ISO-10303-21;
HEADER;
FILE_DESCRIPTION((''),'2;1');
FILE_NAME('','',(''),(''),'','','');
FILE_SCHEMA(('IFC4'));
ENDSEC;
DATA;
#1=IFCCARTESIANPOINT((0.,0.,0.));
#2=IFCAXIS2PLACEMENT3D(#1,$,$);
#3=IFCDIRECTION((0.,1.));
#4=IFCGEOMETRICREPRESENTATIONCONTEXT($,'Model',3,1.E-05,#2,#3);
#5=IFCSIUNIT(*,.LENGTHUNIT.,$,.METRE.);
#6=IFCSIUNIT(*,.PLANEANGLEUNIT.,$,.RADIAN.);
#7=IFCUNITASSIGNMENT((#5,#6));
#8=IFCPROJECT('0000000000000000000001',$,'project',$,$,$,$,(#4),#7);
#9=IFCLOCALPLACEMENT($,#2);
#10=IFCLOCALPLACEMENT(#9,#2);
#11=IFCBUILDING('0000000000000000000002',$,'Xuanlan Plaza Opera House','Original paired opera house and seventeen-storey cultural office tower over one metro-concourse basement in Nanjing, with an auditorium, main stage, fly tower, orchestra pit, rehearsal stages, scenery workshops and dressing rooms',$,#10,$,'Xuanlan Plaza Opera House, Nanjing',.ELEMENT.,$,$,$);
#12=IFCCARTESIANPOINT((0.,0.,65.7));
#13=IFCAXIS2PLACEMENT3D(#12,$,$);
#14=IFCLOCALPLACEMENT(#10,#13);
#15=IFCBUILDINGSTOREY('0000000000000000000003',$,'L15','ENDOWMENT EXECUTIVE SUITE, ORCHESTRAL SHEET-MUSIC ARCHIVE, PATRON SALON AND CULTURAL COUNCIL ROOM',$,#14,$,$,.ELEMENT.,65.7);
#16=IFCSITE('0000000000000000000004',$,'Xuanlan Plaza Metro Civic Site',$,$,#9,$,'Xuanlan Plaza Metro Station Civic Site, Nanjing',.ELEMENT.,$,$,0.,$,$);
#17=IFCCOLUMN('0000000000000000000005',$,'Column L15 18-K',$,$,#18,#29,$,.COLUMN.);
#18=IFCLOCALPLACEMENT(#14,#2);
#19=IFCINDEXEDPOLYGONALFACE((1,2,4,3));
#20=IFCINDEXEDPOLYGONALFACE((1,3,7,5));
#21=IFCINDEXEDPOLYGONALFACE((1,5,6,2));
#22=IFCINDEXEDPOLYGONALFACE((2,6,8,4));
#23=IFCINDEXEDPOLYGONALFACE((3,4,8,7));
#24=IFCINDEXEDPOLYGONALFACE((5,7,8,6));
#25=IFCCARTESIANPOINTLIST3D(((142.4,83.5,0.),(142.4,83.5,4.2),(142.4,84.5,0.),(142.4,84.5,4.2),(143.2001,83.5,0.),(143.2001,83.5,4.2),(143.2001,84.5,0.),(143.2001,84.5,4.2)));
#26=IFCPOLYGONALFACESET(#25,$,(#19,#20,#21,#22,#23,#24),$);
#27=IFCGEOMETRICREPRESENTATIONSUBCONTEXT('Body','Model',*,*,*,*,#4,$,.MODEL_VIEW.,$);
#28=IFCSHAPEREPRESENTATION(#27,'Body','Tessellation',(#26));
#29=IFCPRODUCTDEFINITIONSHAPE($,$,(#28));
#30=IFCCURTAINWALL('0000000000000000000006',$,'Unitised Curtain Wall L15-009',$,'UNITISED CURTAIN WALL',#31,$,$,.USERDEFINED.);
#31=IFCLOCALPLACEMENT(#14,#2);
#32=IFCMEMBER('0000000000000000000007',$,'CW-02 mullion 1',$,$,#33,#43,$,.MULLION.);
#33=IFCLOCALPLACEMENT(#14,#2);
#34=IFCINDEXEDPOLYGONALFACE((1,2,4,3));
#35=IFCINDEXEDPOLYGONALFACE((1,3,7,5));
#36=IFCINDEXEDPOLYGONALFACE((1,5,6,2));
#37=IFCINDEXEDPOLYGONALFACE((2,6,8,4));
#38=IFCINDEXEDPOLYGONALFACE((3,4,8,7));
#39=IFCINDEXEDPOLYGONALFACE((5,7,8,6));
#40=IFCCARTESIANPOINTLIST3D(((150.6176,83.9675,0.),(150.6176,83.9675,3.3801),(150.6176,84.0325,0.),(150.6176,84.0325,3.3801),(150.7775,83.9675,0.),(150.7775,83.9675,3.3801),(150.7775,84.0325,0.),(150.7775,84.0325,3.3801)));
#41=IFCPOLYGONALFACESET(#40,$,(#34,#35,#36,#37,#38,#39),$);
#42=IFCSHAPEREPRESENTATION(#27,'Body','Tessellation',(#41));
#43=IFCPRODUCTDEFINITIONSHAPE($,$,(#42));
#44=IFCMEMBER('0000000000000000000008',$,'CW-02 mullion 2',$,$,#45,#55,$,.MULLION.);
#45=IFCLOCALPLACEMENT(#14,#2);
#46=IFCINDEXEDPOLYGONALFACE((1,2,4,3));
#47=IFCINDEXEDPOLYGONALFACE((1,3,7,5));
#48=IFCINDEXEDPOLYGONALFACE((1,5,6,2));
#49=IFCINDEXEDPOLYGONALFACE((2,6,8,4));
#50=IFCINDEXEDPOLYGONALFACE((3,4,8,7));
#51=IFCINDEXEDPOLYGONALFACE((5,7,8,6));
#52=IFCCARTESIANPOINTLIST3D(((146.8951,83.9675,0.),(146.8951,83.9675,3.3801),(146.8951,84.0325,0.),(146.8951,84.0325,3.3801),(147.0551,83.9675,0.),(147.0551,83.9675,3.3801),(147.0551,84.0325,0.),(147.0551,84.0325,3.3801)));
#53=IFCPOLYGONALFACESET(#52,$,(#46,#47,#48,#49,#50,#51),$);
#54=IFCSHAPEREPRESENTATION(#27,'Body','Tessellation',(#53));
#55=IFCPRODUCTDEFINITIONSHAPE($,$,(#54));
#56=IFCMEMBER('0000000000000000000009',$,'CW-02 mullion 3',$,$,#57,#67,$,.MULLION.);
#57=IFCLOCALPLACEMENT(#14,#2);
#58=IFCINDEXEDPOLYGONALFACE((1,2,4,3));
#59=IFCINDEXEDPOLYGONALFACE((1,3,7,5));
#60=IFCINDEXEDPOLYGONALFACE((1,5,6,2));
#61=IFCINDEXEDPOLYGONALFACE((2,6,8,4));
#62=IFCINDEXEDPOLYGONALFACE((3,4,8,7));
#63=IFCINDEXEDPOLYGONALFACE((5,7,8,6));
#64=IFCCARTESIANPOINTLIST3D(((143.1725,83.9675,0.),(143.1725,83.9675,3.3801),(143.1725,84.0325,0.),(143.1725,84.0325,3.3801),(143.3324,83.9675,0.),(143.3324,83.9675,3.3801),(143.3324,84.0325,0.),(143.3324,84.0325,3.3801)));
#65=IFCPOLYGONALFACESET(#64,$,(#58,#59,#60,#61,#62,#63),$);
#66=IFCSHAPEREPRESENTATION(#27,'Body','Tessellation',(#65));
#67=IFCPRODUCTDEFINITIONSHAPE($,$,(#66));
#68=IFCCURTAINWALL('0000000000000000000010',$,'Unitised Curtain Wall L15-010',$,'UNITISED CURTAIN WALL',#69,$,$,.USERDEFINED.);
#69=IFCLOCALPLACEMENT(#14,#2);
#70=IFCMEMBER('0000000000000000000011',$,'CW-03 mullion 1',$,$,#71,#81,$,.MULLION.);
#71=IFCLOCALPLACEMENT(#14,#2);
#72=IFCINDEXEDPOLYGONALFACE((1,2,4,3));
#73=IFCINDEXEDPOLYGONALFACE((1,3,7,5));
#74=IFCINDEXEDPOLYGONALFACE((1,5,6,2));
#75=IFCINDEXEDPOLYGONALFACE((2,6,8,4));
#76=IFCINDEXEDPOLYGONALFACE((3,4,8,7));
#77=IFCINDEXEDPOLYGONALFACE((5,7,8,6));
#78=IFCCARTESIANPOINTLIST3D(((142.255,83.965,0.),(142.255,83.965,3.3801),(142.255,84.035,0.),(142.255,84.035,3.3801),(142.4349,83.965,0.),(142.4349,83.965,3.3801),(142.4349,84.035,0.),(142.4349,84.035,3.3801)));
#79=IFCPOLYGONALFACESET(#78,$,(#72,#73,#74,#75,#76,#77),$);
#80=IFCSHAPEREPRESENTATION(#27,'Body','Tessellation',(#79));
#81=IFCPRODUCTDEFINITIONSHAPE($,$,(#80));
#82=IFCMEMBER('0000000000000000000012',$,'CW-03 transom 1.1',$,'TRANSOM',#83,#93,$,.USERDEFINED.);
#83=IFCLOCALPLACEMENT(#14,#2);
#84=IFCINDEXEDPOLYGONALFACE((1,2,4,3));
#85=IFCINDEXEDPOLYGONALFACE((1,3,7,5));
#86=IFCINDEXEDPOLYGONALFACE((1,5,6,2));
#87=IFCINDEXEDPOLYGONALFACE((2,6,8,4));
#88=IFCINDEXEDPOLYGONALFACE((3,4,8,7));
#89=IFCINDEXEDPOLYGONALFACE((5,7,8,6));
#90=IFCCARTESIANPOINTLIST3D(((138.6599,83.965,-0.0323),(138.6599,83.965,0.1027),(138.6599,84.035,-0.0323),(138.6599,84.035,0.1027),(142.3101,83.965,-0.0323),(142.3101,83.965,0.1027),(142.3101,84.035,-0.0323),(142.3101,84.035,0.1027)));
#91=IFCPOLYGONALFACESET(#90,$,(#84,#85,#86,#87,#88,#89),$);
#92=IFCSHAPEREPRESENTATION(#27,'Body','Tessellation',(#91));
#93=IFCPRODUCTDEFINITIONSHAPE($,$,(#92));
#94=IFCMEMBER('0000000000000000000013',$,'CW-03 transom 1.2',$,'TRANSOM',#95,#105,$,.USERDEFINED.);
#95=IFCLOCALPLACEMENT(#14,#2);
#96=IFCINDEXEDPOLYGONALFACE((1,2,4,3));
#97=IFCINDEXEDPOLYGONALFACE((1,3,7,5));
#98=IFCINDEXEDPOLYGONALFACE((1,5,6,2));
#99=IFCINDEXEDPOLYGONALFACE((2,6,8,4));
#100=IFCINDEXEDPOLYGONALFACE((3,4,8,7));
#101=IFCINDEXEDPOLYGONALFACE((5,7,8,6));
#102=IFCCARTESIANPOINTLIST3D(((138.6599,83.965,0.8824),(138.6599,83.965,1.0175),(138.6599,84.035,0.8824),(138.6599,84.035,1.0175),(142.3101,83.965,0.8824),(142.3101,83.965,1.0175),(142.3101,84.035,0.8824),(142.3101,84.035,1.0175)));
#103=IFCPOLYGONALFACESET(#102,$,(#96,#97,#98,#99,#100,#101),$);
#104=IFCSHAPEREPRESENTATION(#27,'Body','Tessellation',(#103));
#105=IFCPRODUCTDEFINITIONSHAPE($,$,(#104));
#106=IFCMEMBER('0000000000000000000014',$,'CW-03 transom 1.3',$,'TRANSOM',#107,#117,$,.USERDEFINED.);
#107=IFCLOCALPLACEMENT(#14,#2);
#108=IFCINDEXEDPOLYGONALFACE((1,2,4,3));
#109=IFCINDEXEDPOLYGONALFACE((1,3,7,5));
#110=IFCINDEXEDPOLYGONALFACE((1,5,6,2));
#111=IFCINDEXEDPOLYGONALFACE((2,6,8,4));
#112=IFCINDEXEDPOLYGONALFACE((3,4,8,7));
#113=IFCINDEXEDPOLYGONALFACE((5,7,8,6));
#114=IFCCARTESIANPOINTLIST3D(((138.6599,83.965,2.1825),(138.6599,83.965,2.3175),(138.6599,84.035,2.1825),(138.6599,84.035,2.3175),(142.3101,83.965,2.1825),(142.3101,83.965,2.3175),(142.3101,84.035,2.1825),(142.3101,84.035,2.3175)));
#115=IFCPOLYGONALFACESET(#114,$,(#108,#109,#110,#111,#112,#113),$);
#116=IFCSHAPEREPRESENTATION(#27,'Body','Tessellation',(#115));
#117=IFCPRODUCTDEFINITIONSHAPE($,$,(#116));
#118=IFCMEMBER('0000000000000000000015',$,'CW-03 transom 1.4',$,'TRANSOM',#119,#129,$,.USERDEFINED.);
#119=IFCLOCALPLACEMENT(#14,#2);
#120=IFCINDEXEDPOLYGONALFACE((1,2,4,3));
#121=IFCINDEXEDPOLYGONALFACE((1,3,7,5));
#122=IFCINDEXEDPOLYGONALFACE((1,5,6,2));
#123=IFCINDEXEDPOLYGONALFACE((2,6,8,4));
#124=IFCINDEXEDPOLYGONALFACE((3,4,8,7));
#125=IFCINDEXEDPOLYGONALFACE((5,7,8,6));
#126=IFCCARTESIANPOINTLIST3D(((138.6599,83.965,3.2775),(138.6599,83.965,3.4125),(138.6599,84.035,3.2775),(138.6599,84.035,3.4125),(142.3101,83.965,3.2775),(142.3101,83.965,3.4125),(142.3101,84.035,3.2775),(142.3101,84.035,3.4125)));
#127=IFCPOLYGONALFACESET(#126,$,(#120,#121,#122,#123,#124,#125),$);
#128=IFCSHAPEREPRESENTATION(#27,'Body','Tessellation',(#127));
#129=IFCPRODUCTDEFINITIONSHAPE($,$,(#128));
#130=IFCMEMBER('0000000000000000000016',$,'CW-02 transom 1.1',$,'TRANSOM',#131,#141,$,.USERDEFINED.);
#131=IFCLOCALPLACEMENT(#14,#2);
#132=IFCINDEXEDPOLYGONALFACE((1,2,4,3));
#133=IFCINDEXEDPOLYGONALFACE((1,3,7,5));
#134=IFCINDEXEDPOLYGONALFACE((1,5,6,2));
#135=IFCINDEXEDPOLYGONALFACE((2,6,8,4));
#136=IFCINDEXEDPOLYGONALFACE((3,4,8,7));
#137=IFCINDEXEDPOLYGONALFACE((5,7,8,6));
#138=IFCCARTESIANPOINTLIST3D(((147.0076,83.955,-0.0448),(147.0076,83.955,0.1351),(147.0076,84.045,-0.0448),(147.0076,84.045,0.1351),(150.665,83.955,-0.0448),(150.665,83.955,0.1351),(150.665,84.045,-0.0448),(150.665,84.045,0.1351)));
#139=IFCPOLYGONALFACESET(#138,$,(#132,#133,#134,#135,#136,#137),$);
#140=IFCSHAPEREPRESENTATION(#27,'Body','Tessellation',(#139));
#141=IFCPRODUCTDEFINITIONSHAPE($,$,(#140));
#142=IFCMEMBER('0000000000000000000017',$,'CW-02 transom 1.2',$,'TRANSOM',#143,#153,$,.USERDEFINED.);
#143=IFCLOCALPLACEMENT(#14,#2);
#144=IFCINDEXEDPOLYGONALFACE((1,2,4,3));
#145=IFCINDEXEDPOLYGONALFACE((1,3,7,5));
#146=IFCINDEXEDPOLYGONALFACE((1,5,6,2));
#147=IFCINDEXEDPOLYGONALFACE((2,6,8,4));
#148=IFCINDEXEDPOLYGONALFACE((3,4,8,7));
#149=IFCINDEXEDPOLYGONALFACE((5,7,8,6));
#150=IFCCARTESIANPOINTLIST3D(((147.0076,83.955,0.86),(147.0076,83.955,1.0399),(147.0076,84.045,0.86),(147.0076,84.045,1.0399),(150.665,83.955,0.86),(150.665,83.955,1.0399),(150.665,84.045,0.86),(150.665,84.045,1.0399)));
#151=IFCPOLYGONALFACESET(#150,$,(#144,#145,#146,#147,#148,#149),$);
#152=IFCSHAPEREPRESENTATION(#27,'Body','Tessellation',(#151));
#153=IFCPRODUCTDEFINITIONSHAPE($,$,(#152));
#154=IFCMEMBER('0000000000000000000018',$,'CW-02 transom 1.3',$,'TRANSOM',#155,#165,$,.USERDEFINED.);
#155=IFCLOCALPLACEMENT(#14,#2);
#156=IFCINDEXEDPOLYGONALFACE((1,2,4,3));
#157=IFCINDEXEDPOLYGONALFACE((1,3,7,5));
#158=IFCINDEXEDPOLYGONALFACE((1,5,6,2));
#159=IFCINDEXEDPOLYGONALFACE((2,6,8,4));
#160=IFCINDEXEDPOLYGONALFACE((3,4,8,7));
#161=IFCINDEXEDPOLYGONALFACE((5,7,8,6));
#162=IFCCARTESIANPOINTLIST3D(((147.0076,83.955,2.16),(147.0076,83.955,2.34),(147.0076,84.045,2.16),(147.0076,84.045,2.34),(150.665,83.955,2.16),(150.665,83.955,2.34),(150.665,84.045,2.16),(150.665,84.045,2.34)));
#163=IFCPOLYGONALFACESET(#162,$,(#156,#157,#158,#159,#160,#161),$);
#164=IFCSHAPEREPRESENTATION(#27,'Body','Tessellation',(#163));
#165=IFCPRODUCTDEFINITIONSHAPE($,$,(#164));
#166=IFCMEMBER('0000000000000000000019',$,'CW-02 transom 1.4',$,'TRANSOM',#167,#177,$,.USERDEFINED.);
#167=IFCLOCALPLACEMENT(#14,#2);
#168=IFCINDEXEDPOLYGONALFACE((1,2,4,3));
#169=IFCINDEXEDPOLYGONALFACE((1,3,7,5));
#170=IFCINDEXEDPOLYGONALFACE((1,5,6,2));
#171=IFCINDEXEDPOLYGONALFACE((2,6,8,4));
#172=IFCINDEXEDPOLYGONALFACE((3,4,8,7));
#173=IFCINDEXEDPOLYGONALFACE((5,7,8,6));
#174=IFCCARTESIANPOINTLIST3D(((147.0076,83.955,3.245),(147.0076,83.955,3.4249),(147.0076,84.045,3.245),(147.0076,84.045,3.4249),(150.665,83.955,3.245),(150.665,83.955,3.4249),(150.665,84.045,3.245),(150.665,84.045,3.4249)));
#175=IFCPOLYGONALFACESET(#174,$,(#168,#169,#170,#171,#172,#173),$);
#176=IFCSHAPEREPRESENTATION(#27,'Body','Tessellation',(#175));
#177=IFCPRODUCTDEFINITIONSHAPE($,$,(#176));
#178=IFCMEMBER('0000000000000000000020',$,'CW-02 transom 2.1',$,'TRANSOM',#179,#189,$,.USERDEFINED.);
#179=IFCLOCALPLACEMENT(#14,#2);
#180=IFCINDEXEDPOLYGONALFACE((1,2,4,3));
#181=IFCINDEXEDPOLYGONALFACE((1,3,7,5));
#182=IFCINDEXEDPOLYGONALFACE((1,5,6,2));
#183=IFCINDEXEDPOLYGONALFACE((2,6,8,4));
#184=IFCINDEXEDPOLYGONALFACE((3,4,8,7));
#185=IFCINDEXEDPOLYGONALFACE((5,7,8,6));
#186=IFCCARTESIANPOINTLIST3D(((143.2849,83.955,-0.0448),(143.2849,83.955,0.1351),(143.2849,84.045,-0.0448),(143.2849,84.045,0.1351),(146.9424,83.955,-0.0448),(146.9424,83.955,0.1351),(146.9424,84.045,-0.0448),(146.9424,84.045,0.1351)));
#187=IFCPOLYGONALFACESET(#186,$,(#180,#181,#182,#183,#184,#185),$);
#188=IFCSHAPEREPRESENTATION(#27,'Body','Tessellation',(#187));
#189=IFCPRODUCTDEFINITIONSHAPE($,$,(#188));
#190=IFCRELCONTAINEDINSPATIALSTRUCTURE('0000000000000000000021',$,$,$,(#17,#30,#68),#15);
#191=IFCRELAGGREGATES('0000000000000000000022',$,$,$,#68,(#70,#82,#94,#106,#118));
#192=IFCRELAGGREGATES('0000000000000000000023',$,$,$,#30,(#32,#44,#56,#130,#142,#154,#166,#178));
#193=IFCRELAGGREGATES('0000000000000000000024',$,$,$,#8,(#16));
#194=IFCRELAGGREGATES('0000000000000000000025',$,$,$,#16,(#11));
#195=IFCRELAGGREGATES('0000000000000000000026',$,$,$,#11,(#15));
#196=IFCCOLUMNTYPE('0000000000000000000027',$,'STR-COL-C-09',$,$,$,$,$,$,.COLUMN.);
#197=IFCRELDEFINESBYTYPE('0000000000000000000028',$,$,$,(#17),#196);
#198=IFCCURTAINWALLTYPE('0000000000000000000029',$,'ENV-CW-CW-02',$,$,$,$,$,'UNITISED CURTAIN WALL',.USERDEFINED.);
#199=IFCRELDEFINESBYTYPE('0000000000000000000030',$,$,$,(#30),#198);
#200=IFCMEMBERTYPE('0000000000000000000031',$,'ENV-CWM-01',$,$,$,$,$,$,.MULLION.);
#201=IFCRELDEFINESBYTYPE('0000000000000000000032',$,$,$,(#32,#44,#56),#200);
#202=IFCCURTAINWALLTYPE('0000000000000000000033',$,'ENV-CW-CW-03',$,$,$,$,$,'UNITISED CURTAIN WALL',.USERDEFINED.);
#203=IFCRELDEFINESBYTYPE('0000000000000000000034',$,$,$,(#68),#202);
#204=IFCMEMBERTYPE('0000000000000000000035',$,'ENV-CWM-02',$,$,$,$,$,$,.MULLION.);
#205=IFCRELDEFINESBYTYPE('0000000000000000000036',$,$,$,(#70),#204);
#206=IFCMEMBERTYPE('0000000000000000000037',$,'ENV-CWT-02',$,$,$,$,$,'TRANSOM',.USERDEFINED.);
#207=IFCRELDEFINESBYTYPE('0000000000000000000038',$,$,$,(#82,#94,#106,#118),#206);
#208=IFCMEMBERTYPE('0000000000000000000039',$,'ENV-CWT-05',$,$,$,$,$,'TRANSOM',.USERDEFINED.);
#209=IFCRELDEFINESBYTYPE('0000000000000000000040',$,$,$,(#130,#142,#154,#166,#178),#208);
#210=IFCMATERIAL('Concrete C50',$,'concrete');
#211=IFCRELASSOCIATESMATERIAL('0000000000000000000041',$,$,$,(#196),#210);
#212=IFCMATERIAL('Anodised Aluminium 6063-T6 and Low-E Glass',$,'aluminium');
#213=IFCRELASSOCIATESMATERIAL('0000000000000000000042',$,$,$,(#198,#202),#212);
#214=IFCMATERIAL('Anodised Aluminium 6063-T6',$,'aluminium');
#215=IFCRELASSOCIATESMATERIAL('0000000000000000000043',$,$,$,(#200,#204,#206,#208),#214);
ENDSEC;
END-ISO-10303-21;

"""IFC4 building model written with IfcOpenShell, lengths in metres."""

from ifc_helpers import new_model, si_unit, direction, frame, origin, origin_2d, place, context, subcontext, project, spatial, rectangle, extrude, material, material_profile, profile_set, type_object, element, aggregate, save


model = new_model("IFC4")

# Units and contexts
model_context = context("Model", 3, precision=1e-05, world=origin(), true_north=direction((0.0, 1.0)))
body_context = subcontext(model_context, "Body", "Model", "MODEL_VIEW")
ifc_project = project(units=[si_unit("LENGTHUNIT", "METRE"), si_unit("PLANEANGLEUNIT", "RADIAN")], contexts=[model_context])

# Site, building, storey
site_placement = place(None, origin())
site = spatial("IfcSite", under=ifc_project, at=site_placement, Name="Xuanlan Plaza Metro Civic Site", LongName="Xuanlan Plaza Metro Station Civic Site, Nanjing", CompositionType="ELEMENT", RefElevation=0.0)
building_placement = place(site_placement, origin())
building = spatial("IfcBuilding", under=site, at=building_placement, Name="Xuanlan Plaza Opera House", Description="Original paired opera house and seventeen-storey cultural office tower over one metro-concourse basement in Nanjing, with an auditorium, main stage, fly tower, orchestra pit, rehearsal stages, scenery workshops and dressing rooms", LongName="Xuanlan Plaza Opera House, Nanjing", CompositionType="ELEMENT")
storey_placement = place(building_placement, frame((0.0, 0.0, 65.7)))
storey = spatial("IfcBuildingStorey", under=building, at=storey_placement, Name="L15", Description="ENDOWMENT EXECUTIVE SUITE, ORCHESTRAL SHEET-MUSIC ARCHIVE, PATRON SALON AND CULTURAL COUNCIL ROOM", CompositionType="ELEMENT", Elevation=65.7)

# Column
ifc_material_1 = material(Name="Concrete C50", Category="concrete")
ifc_material_profile_1 = material_profile(ifc_material_1, rectangle(XDim=0.8, YDim=1.0, at=origin_2d()), Name="RC-COL 800x1000")
ifc_profile_set_1 = profile_set([ifc_material_profile_1], Name="Concrete C50")
column_type = type_object("IfcColumnType", Name="STR-COL-C-09", PredefinedType="COLUMN", material=ifc_profile_set_1)
column_placement = place(storey_placement, frame((142.8, 84.0, 0.0), z_axis=(0.0, 0.0, 1.0), x_axis=(1.0, 0.0, 0.0)))
element("IfcColumn", 1, at=column_placement, inside=storey, type_object=column_type, Name="Column L15 18-K", PredefinedType="COLUMN", context=body_context, shape_type="SweptSolid", body=[
    extrude(rectangle(XDim=0.8, YDim=1.0, at=origin_2d()), origin(), (0.0, 0.0, 1.0), 4.2),
])

# Curtain walls, members
ifc_material_2 = material(Name="Anodised Aluminium 6063-T6 and Low-E Glass", Category="aluminium")
curtain_wall_type_1 = type_object("IfcCurtainWallType", Name="ENV-CW-CW-02", ElementType="UNITISED CURTAIN WALL", PredefinedType="USERDEFINED", material=ifc_material_2)
curtain_wall_1_placement = place(storey_placement, origin())
curtain_wall_1 = element("IfcCurtainWall", 2, at=curtain_wall_1_placement, inside=storey, type_object=curtain_wall_type_1, Name="Unitised Curtain Wall L15-009", ObjectType="UNITISED CURTAIN WALL", PredefinedType="USERDEFINED")
ifc_material_3 = material(Name="Anodised Aluminium 6063-T6", Category="aluminium")
ifc_material_profile_2 = material_profile(ifc_material_3, rectangle(XDim=0.0649, YDim=0.1599, at=origin_2d()), Name="ALU-M 65x160")
ifc_profile_set_2 = profile_set([ifc_material_profile_2], Name="Anodised Aluminium 6063-T6")
member_type_1 = type_object("IfcMemberType", Name="ENV-CWM-01", PredefinedType="MULLION", material=ifc_profile_set_2)
member_1_placement = place(storey_placement, frame((150.6975, 84.0, 0.0), z_axis=(0.0, 0.0, 1.0), x_axis=(0.0, -1.0, 0.0)))
member_1 = element("IfcMember", 3, at=member_1_placement, type_object=member_type_1, Name="CW-02 mullion 1", PredefinedType="MULLION", context=body_context, shape_type="SweptSolid", body=[
    extrude(rectangle(XDim=0.0649, YDim=0.1599, at=origin_2d()), origin(), (0.0, 0.0, 1.0), 3.3801),
])
member_2_placement = place(storey_placement, frame((146.9751, 84.0, 0.0), z_axis=(0.0, 0.0, 1.0), x_axis=(0.0, -1.0, 0.0)))
member_2 = element("IfcMember", 4, at=member_2_placement, type_object=member_type_1, Name="CW-02 mullion 2", PredefinedType="MULLION", context=body_context, shape_type="SweptSolid", body=[
    extrude(rectangle(XDim=0.0649, YDim=0.1599, at=origin_2d()), origin(), (0.0, 0.0, 1.0), 3.3801),
])
member_3_placement = place(storey_placement, frame((143.2524, 84.0, 0.0), z_axis=(0.0, 0.0, 1.0), x_axis=(0.0, -1.0, 0.0)))
member_3 = element("IfcMember", 5, at=member_3_placement, type_object=member_type_1, Name="CW-02 mullion 3", PredefinedType="MULLION", context=body_context, shape_type="SweptSolid", body=[
    extrude(rectangle(XDim=0.0649, YDim=0.1599, at=origin_2d()), origin(), (0.0, 0.0, 1.0), 3.3801),
])
curtain_wall_type_2 = type_object("IfcCurtainWallType", Name="ENV-CW-CW-03", ElementType="UNITISED CURTAIN WALL", PredefinedType="USERDEFINED", material=ifc_material_2)
curtain_wall_2_placement = place(storey_placement, origin())
curtain_wall_2 = element("IfcCurtainWall", 6, at=curtain_wall_2_placement, inside=storey, type_object=curtain_wall_type_2, Name="Unitised Curtain Wall L15-010", ObjectType="UNITISED CURTAIN WALL", PredefinedType="USERDEFINED")
ifc_material_profile_3 = material_profile(ifc_material_3, rectangle(XDim=0.0701, YDim=0.1799, at=origin_2d()), Name="ALU-M 70x180")
ifc_profile_set_3 = profile_set([ifc_material_profile_3], Name="Anodised Aluminium 6063-T6")
member_type_2 = type_object("IfcMemberType", Name="ENV-CWM-02", PredefinedType="MULLION", material=ifc_profile_set_3)
member_4_placement = place(storey_placement, frame((142.345, 84.0, 0.0), z_axis=(0.0, 0.0, 1.0), x_axis=(0.0, -1.0, 0.0)))
member_4 = element("IfcMember", 7, at=member_4_placement, type_object=member_type_2, Name="CW-03 mullion 1", PredefinedType="MULLION", context=body_context, shape_type="SweptSolid", body=[
    extrude(rectangle(XDim=0.0701, YDim=0.1799, at=origin_2d()), origin(), (0.0, 0.0, 1.0), 3.3801),
])
ifc_material_profile_4 = material_profile(ifc_material_3, rectangle(XDim=0.0701, YDim=0.135, at=origin_2d()), Name="ALU-T 70x135")
ifc_profile_set_4 = profile_set([ifc_material_profile_4], Name="Anodised Aluminium 6063-T6")
member_type_3 = type_object("IfcMemberType", Name="ENV-CWT-02", ElementType="TRANSOM", PredefinedType="USERDEFINED", material=ifc_profile_set_4)
member_5_placement = place(storey_placement, frame((142.3101, 84.0, 0.0352), z_axis=(-1.0, 0.0, 0.0), x_axis=(0.0, -1.0, 0.0)))
member_5 = element("IfcMember", 8, at=member_5_placement, type_object=member_type_3, Name="CW-03 transom 1.1", ObjectType="TRANSOM", PredefinedType="USERDEFINED", context=body_context, shape_type="SweptSolid", body=[
    extrude(rectangle(XDim=0.0701, YDim=0.135, at=origin_2d()), origin(), (0.0, 0.0, 1.0), 3.6501),
])
member_6_placement = place(storey_placement, frame((142.3101, 84.0, 0.95), z_axis=(-1.0, 0.0, 0.0), x_axis=(0.0, -1.0, 0.0)))
member_6 = element("IfcMember", 9, at=member_6_placement, type_object=member_type_3, Name="CW-03 transom 1.2", ObjectType="TRANSOM", PredefinedType="USERDEFINED", context=body_context, shape_type="SweptSolid", body=[
    extrude(rectangle(XDim=0.0701, YDim=0.135, at=origin_2d()), origin(), (0.0, 0.0, 1.0), 3.6501),
])
member_7_placement = place(storey_placement, frame((142.3101, 84.0, 2.25), z_axis=(-1.0, 0.0, 0.0), x_axis=(0.0, -1.0, 0.0)))
member_7 = element("IfcMember", 10, at=member_7_placement, type_object=member_type_3, Name="CW-03 transom 1.3", ObjectType="TRANSOM", PredefinedType="USERDEFINED", context=body_context, shape_type="SweptSolid", body=[
    extrude(rectangle(XDim=0.0701, YDim=0.135, at=origin_2d()), origin(), (0.0, 0.0, 1.0), 3.6501),
])
member_8_placement = place(storey_placement, frame((142.3101, 84.0, 3.345), z_axis=(-1.0, 0.0, 0.0), x_axis=(0.0, -1.0, 0.0)))
member_8 = element("IfcMember", 11, at=member_8_placement, type_object=member_type_3, Name="CW-03 transom 1.4", ObjectType="TRANSOM", PredefinedType="USERDEFINED", context=body_context, shape_type="SweptSolid", body=[
    extrude(rectangle(XDim=0.0701, YDim=0.135, at=origin_2d()), origin(), (0.0, 0.0, 1.0), 3.6501),
])

# Members
ifc_material_profile_5 = material_profile(ifc_material_3, rectangle(XDim=0.0901, YDim=0.1799, at=origin_2d()), Name="ALU-T 90x180")
ifc_profile_set_5 = profile_set([ifc_material_profile_5], Name="Anodised Aluminium 6063-T6")
member_type_4 = type_object("IfcMemberType", Name="ENV-CWT-05", ElementType="TRANSOM", PredefinedType="USERDEFINED", material=ifc_profile_set_5)
member_9_placement = place(storey_placement, frame((150.665, 84.0, 0.0452), z_axis=(-1.0, 0.0, 0.0), x_axis=(0.0, -1.0, 0.0)))
member_9 = element("IfcMember", 12, at=member_9_placement, type_object=member_type_4, Name="CW-02 transom 1.1", ObjectType="TRANSOM", PredefinedType="USERDEFINED", context=body_context, shape_type="SweptSolid", body=[
    extrude(rectangle(XDim=0.0901, YDim=0.1799, at=origin_2d()), origin(), (0.0, 0.0, 1.0), 3.6575),
])
member_10_placement = place(storey_placement, frame((150.665, 84.0, 0.95), z_axis=(-1.0, 0.0, 0.0), x_axis=(0.0, -1.0, 0.0)))
member_10 = element("IfcMember", 13, at=member_10_placement, type_object=member_type_4, Name="CW-02 transom 1.2", ObjectType="TRANSOM", PredefinedType="USERDEFINED", context=body_context, shape_type="SweptSolid", body=[
    extrude(rectangle(XDim=0.0901, YDim=0.1799, at=origin_2d()), origin(), (0.0, 0.0, 1.0), 3.6575),
])
member_11_placement = place(storey_placement, frame((150.665, 84.0, 2.25), z_axis=(-1.0, 0.0, 0.0), x_axis=(0.0, -1.0, 0.0)))
member_11 = element("IfcMember", 14, at=member_11_placement, type_object=member_type_4, Name="CW-02 transom 1.3", ObjectType="TRANSOM", PredefinedType="USERDEFINED", context=body_context, shape_type="SweptSolid", body=[
    extrude(rectangle(XDim=0.0901, YDim=0.1799, at=origin_2d()), origin(), (0.0, 0.0, 1.0), 3.6575),
])
member_12_placement = place(storey_placement, frame((150.665, 84.0, 3.335), z_axis=(-1.0, 0.0, 0.0), x_axis=(0.0, -1.0, 0.0)))
member_12 = element("IfcMember", 15, at=member_12_placement, type_object=member_type_4, Name="CW-02 transom 1.4", ObjectType="TRANSOM", PredefinedType="USERDEFINED", context=body_context, shape_type="SweptSolid", body=[
    extrude(rectangle(XDim=0.0901, YDim=0.1799, at=origin_2d()), origin(), (0.0, 0.0, 1.0), 3.6575),
])
member_13_placement = place(storey_placement, frame((146.9424, 84.0, 0.0452), z_axis=(-1.0, 0.0, 0.0), x_axis=(0.0, -1.0, 0.0)))
member_13 = element("IfcMember", 16, at=member_13_placement, type_object=member_type_4, Name="CW-02 transom 2.1", ObjectType="TRANSOM", PredefinedType="USERDEFINED", context=body_context, shape_type="SweptSolid", body=[
    extrude(rectangle(XDim=0.0901, YDim=0.1799, at=origin_2d()), origin(), (0.0, 0.0, 1.0), 3.6575),
])

aggregate(curtain_wall_2, [member_4, member_5, member_6, member_7, member_8])
aggregate(curtain_wall_1, [member_1, member_2, member_3, member_9, member_10, member_11, member_12, member_13])

save(model, "model.ifc")
